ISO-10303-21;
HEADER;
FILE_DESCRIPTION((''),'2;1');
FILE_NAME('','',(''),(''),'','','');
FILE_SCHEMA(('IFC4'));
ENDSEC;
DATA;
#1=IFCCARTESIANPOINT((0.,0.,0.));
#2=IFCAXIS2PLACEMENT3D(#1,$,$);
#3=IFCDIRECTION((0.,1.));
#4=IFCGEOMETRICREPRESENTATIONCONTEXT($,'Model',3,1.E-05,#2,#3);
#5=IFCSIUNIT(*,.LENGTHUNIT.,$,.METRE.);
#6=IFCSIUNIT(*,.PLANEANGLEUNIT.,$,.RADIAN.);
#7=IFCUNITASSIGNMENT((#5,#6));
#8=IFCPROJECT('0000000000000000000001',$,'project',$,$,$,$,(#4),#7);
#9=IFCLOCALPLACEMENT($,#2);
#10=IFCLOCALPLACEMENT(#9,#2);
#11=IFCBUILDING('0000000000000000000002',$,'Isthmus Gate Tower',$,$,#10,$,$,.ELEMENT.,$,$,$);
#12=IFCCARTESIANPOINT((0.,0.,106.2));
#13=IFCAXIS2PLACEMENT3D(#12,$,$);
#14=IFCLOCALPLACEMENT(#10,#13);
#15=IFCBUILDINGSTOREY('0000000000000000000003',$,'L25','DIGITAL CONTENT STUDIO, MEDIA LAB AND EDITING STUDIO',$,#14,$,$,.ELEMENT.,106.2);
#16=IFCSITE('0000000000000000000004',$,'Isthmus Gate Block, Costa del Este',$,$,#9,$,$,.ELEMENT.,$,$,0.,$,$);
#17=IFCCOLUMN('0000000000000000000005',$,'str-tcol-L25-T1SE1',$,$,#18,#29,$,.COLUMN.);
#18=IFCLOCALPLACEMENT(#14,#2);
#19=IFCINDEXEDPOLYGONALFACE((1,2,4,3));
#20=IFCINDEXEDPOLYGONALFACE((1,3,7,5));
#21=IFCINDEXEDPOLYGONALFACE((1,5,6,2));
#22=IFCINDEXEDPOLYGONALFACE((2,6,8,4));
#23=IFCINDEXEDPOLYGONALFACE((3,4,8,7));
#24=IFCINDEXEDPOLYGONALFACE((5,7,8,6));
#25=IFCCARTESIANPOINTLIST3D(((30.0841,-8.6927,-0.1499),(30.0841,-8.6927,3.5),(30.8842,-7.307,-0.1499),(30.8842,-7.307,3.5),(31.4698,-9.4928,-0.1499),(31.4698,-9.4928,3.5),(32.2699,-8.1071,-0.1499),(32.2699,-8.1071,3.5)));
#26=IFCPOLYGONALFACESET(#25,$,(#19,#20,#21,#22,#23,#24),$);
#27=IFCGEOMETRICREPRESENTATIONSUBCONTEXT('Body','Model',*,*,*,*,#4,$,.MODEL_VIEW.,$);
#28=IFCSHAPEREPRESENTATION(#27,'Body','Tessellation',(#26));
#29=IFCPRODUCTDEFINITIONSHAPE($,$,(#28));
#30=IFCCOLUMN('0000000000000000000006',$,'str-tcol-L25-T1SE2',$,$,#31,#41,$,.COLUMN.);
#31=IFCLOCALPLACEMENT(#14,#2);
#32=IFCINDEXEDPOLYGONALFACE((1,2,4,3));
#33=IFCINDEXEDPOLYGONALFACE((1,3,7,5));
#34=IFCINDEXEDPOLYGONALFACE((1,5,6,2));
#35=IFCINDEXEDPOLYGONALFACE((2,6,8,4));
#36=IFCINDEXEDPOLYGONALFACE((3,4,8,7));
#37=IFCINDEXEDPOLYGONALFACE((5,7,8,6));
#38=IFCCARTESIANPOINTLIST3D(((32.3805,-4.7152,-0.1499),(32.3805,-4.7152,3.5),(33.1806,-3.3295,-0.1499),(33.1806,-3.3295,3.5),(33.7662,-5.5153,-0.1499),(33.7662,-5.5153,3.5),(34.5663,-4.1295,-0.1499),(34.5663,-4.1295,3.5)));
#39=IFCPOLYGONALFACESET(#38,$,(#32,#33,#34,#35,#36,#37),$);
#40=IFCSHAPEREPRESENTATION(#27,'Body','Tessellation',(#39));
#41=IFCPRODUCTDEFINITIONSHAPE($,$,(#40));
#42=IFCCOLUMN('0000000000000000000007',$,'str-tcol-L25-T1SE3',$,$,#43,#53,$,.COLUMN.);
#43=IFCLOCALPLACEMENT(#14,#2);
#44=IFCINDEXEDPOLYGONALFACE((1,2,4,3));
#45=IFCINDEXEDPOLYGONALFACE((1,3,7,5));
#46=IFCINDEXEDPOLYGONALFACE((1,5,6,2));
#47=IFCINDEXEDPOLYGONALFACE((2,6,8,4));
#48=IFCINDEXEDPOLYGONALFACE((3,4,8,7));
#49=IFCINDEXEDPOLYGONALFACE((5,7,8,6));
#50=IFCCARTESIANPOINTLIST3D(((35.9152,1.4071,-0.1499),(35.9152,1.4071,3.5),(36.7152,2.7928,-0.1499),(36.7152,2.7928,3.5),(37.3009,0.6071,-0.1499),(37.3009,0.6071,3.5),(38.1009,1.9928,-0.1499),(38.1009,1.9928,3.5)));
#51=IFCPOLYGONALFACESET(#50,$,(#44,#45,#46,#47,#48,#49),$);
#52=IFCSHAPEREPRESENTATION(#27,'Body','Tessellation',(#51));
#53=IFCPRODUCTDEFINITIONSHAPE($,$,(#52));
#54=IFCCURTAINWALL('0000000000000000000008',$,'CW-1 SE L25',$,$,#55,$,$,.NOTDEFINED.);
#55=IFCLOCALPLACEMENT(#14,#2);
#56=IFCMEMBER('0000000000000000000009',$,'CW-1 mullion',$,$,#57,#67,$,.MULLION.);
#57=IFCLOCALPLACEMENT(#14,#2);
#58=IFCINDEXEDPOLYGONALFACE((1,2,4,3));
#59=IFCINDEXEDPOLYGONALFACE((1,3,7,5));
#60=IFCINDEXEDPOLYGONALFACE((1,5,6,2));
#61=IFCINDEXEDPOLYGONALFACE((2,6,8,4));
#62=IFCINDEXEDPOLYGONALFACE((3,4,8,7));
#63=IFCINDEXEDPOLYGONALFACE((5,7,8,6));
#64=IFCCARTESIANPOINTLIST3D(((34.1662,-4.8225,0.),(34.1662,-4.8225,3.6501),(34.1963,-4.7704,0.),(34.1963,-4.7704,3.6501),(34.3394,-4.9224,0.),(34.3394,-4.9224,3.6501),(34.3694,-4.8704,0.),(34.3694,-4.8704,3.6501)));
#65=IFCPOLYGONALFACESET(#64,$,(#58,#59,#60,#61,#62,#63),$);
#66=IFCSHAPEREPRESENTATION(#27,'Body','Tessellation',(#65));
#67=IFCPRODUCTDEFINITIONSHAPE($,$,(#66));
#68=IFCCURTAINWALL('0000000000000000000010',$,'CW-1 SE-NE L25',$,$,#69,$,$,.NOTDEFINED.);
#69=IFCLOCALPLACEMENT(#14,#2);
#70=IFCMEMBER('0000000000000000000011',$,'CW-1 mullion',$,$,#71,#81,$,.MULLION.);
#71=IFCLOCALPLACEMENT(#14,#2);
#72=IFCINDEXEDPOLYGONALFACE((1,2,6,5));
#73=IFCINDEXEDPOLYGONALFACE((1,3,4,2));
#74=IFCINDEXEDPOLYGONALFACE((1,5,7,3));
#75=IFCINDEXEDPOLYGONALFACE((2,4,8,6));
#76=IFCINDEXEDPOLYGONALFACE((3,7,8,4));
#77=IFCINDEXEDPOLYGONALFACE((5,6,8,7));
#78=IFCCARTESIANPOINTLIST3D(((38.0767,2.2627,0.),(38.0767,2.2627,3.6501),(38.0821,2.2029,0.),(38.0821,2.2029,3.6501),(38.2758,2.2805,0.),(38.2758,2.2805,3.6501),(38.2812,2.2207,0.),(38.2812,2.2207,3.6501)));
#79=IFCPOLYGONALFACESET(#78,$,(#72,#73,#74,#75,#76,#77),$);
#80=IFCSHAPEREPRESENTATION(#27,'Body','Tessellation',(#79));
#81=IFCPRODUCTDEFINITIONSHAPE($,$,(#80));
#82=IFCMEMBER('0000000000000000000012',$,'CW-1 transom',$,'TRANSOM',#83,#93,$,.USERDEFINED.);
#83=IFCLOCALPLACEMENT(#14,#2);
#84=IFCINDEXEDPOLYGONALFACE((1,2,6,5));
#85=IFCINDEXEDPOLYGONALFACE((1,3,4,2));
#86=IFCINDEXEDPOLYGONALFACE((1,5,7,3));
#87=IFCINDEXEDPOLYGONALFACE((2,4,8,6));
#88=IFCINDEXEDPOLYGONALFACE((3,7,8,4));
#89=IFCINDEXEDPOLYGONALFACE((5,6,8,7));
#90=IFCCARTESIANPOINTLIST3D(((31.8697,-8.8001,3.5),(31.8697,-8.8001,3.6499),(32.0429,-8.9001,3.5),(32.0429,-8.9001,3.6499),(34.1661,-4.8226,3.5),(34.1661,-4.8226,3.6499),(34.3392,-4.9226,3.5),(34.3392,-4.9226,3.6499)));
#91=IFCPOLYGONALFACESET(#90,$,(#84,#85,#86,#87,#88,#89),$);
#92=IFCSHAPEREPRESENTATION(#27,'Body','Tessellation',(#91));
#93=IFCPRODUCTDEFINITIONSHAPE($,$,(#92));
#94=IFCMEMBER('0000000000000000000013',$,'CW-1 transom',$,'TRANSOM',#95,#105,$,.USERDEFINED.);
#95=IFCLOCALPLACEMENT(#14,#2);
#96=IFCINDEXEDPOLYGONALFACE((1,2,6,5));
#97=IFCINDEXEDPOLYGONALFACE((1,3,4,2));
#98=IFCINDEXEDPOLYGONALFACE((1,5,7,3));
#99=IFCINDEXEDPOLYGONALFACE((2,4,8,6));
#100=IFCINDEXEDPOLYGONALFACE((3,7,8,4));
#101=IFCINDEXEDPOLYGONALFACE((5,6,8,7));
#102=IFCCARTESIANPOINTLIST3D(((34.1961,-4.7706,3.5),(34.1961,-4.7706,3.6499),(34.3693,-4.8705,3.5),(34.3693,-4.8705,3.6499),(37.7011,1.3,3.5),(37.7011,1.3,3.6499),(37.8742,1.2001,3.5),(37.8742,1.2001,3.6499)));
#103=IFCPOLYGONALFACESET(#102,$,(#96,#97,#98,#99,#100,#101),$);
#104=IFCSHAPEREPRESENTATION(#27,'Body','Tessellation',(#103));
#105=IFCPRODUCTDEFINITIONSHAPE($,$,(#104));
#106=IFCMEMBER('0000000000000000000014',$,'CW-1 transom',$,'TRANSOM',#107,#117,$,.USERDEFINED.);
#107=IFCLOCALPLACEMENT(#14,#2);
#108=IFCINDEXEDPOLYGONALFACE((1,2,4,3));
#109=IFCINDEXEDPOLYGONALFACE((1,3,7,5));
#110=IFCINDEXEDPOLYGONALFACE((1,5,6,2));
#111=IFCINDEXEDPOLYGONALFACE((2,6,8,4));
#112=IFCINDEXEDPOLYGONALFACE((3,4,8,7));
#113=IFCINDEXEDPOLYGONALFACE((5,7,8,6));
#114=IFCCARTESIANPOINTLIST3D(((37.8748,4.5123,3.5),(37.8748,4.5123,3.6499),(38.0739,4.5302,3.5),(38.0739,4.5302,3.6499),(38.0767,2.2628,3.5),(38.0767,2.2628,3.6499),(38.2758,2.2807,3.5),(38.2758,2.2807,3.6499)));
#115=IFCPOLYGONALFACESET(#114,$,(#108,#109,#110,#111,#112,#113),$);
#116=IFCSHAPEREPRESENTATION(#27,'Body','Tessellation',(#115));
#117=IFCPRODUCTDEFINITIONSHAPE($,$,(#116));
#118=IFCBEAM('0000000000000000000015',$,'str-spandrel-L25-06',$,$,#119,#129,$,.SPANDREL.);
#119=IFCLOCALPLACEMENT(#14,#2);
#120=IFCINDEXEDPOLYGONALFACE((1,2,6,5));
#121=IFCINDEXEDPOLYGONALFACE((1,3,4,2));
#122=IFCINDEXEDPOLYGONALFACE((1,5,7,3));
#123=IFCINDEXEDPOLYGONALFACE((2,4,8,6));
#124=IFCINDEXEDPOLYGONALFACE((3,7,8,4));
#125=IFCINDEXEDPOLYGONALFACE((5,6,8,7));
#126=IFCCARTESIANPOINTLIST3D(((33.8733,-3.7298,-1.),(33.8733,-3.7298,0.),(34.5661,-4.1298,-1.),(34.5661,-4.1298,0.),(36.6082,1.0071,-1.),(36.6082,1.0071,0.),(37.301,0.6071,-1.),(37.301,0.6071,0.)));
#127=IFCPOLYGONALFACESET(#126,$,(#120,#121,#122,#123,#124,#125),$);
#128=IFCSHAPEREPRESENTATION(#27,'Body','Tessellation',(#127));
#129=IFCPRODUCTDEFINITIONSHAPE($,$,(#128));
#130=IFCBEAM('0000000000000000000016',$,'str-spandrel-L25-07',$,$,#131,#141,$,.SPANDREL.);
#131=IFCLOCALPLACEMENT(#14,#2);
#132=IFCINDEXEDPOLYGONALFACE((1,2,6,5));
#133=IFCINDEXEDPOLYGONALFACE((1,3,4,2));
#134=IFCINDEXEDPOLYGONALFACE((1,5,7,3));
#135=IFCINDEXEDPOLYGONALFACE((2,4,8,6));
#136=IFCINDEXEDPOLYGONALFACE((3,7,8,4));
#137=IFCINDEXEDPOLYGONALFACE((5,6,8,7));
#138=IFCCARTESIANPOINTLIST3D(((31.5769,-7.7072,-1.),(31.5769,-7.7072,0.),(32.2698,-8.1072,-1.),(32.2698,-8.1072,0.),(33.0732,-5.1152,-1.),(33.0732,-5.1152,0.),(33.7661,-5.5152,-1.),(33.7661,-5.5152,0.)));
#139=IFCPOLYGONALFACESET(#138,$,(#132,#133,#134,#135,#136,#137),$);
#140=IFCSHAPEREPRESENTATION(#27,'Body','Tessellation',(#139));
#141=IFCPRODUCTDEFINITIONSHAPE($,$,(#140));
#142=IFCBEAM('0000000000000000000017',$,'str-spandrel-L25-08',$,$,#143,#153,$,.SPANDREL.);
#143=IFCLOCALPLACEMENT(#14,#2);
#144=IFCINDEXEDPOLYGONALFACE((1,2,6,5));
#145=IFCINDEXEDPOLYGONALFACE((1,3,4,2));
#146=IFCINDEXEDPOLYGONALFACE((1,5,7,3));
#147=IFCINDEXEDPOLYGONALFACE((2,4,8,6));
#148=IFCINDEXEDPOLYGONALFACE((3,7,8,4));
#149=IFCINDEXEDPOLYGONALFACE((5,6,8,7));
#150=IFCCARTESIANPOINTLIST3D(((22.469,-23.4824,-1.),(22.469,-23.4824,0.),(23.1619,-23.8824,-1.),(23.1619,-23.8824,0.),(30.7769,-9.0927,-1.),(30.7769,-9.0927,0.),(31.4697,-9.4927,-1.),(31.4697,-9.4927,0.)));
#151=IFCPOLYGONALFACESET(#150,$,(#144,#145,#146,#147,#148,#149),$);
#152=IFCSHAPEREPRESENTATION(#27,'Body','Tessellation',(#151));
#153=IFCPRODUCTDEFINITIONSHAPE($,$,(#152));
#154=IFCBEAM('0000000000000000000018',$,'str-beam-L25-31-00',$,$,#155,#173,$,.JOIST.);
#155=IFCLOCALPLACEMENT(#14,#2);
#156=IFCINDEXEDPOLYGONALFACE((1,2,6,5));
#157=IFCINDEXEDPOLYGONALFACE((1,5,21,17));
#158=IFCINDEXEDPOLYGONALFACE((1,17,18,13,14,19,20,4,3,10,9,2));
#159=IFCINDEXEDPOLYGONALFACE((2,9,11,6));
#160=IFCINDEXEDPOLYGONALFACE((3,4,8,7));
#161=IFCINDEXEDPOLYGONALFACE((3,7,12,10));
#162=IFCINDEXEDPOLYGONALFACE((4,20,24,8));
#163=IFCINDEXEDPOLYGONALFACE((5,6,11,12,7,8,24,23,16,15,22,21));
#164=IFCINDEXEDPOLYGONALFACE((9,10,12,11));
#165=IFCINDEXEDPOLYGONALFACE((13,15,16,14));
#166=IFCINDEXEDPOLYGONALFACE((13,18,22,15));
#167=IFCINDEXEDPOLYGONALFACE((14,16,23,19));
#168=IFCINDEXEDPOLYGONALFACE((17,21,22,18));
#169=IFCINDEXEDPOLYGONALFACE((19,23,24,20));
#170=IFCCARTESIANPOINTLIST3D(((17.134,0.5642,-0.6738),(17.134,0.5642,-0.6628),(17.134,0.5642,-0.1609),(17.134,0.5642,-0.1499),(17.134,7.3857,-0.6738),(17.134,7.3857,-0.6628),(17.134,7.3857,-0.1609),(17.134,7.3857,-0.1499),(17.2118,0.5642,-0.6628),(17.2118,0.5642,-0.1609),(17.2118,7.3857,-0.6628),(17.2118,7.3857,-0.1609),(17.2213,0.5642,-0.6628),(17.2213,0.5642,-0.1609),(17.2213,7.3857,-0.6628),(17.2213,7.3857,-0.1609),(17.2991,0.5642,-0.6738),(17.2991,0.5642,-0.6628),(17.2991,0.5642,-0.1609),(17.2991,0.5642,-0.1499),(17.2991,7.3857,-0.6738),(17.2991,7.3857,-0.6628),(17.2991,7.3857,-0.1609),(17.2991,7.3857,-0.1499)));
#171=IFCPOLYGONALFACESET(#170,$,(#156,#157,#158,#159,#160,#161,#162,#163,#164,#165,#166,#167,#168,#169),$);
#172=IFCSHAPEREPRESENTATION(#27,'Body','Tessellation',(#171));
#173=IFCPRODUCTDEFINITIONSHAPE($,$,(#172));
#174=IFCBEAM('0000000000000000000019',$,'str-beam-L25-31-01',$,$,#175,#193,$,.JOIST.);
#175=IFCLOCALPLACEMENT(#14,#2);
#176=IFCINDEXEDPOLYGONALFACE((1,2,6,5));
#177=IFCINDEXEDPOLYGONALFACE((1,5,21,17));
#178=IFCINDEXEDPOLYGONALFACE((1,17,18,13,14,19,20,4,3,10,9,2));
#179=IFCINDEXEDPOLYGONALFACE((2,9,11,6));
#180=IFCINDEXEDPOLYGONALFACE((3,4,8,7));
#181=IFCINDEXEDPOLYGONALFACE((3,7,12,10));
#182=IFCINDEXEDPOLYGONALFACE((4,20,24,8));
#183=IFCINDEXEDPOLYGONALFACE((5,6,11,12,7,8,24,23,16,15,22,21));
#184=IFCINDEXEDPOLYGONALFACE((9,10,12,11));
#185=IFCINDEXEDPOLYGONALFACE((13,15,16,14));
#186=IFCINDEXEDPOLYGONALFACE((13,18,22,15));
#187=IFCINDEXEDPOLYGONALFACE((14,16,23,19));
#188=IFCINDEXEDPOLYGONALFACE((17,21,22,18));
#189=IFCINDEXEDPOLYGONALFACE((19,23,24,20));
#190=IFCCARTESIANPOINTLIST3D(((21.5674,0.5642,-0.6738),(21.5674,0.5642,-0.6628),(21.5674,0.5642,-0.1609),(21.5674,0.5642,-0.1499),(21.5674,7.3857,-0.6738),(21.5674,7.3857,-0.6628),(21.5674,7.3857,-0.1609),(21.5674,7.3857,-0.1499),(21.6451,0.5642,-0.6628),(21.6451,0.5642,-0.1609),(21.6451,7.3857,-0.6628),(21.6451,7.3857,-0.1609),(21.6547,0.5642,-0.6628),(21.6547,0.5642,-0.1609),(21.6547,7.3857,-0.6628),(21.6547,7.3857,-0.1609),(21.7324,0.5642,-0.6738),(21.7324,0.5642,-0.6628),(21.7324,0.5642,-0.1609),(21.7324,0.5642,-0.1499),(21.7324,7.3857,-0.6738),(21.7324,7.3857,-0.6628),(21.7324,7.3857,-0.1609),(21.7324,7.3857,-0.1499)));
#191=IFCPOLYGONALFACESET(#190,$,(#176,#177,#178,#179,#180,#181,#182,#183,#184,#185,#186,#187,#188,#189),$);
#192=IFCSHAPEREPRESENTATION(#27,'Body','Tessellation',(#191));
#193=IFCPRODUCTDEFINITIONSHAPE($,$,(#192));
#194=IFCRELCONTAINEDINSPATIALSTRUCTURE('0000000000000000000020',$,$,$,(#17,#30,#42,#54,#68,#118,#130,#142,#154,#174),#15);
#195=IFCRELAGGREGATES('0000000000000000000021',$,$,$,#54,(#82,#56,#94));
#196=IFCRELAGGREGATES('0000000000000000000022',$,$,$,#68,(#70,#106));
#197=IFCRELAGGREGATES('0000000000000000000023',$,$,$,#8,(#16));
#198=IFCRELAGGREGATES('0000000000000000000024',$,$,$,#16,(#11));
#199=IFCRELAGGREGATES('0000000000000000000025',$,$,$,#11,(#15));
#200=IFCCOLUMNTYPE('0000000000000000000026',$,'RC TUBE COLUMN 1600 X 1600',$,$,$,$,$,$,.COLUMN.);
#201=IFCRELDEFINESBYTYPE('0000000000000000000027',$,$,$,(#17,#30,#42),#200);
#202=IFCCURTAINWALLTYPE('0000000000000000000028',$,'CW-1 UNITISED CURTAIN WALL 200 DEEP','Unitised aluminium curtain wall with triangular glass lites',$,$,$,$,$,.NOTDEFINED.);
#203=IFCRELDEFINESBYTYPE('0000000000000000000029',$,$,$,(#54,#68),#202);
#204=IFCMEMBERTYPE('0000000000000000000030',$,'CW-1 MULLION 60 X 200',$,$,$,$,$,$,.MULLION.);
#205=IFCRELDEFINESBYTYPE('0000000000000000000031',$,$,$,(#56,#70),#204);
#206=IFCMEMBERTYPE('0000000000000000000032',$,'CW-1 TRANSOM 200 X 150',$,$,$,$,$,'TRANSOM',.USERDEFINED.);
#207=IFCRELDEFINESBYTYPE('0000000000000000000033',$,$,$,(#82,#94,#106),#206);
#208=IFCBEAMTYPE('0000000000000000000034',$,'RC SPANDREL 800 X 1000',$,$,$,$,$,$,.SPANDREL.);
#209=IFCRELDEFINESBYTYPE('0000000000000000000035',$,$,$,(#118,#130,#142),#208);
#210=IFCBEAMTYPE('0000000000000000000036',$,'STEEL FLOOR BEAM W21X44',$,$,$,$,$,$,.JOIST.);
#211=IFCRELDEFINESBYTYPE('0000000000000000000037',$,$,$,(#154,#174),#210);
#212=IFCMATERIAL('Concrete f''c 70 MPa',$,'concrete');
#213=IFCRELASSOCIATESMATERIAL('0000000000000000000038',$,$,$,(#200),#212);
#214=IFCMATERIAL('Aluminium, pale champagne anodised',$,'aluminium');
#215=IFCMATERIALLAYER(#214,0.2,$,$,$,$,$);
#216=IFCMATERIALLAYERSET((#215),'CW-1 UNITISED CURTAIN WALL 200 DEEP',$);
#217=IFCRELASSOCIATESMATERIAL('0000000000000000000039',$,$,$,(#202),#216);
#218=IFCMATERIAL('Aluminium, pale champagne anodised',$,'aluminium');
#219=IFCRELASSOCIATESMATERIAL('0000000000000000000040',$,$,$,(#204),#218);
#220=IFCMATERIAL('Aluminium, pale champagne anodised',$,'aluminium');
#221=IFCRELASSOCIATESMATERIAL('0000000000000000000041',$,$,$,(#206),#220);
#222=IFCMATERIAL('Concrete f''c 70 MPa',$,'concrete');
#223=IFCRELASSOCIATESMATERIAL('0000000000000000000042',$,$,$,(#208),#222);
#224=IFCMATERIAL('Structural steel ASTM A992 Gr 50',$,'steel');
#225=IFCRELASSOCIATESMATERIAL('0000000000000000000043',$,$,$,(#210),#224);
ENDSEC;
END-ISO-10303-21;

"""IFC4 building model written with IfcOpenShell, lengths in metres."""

from ifc_helpers import new_model, si_unit, direction, frame, origin, origin_2d, place, context, subcontext, project, spatial, rectangle, i_section, extrude, material, layer, layer_set, material_profile, profile_set, type_object, element, aggregate, save


model = new_model("IFC4")

# Units and contexts
model_context = context("Model", 3, precision=1e-05, world=origin(), true_north=direction((0.0, 1.0)))
body_context = subcontext(model_context, "Body", "Model", "MODEL_VIEW")
ifc_project = project(units=[si_unit("LENGTHUNIT", "METRE"), si_unit("PLANEANGLEUNIT", "RADIAN")], contexts=[model_context])

# Site, building, storey
site_placement = place(None, origin())
site = spatial("IfcSite", under=ifc_project, at=site_placement, Name="Isthmus Gate Block, Costa del Este", CompositionType="ELEMENT", RefElevation=0.0)
building_placement = place(site_placement, origin())
building = spatial("IfcBuilding", under=site, at=building_placement, Name="Isthmus Gate Tower", CompositionType="ELEMENT")
storey_placement = place(building_placement, frame((0.0, 0.0, 106.2)))
storey = spatial("IfcBuildingStorey", under=building, at=storey_placement, Name="L25", Description="DIGITAL CONTENT STUDIO, MEDIA LAB AND EDITING STUDIO", CompositionType="ELEMENT", Elevation=106.2)

# Columns
ifc_material_1 = material(Name="Concrete f'c 70 MPa", Category="concrete")
ifc_material_profile_1 = material_profile(ifc_material_1, rectangle(XDim=1.6001, YDim=1.6001, at=origin_2d()), Name="RC 1600X1600")
ifc_profile_set_1 = profile_set([ifc_material_profile_1], Name="Concrete f'c 70 MPa")
column_type = type_object("IfcColumnType", Name="RC TUBE COLUMN 1600 X 1600", PredefinedType="COLUMN", material=ifc_profile_set_1)
for number, where, z_axis, x_axis, name in (
    (1, (31.177, -8.3999, -0.1499), (0.0, 0.0, 1.0), (0.5, 0.866025, 0.0), "str-tcol-L25-T1SE1"),
    (2, (33.4734, -4.4224, -0.1499), (0.0, 0.0, 1.0), (0.5, 0.866025, 0.0), "str-tcol-L25-T1SE2"),
    (3, (37.0081, 1.7, -0.1499), (0.0, 0.0, 1.0), (0.5, 0.866025, 0.0), "str-tcol-L25-T1SE3"),
):
    element("IfcColumn", number, at=place(storey_placement, frame(where, z_axis=z_axis, x_axis=x_axis)), inside=storey, type_object=column_type, Name=name, PredefinedType="COLUMN", context=body_context, shape_type="SweptSolid", body=[
        extrude(rectangle(XDim=1.6001, YDim=1.6001, at=origin_2d()), origin(), (0.0, 0.0, 1.0), 3.6499),
    ])

# Curtain walls, members
ifc_material_2 = material(Name="Aluminium, pale champagne anodised", Category="aluminium")
ifc_layer_1 = layer(ifc_material_2, 0.2)
ifc_layer_set_1 = layer_set([ifc_layer_1], Name="CW-1 UNITISED CURTAIN WALL 200 DEEP")
curtain_wall_type = type_object("IfcCurtainWallType", Name="CW-1 UNITISED CURTAIN WALL 200 DEEP", Description="Unitised aluminium curtain wall with triangular glass lites", PredefinedType="NOTDEFINED", material=ifc_layer_set_1)
curtain_wall_1_placement = place(storey_placement, origin())
curtain_wall_1 = element("IfcCurtainWall", 4, at=curtain_wall_1_placement, inside=storey, type_object=curtain_wall_type, Name="CW-1 SE L25", PredefinedType="NOTDEFINED")
ifc_material_3 = material(Name="Aluminium, pale champagne anodised", Category="aluminium")
ifc_material_profile_2 = material_profile(ifc_material_3, rectangle(XDim=0.0601, YDim=0.2, at=origin_2d()), Name="60x200")
ifc_profile_set_2 = profile_set([ifc_material_profile_2], Name="Aluminium, pale champagne anodised")
member_type_1 = type_object("IfcMemberType", Name="CW-1 MULLION 60 X 200", PredefinedType="MULLION", material=ifc_profile_set_2)
member_1_placement = place(storey_placement, frame((34.2678, -4.8464, 0.0), z_axis=(0.0, 0.0, 1.0), x_axis=(0.5, 0.866025, 0.0)))
member_1 = element("IfcMember", 5, at=member_1_placement, type_object=member_type_1, Name="CW-1 mullion", PredefinedType="MULLION", context=body_context, shape_type="SweptSolid", body=[
    extrude(rectangle(XDim=0.0601, YDim=0.2, at=origin_2d()), origin(), (0.0, 0.0, 1.0), 3.6501),
])
curtain_wall_2_placement = place(storey_placement, origin())
curtain_wall_2 = element("IfcCurtainWall", 6, at=curtain_wall_2_placement, inside=storey, type_object=curtain_wall_type, Name="CW-1 SE-NE L25", PredefinedType="NOTDEFINED")
member_2_placement = place(storey_placement, frame((38.179, 2.2417, 0.0), z_axis=(0.0, 0.0, 1.0), x_axis=(-0.089397, 0.995996, 0.0)))
member_2 = element("IfcMember", 7, at=member_2_placement, type_object=member_type_1, Name="CW-1 mullion", PredefinedType="MULLION", context=body_context, shape_type="SweptSolid", body=[
    extrude(rectangle(XDim=0.0601, YDim=0.2, at=origin_2d()), origin(), (0.0, 0.0, 1.0), 3.6501),
])

# Members
ifc_material_4 = material(Name="Aluminium, pale champagne anodised", Category="aluminium")
ifc_material_profile_3 = material_profile(ifc_material_4, rectangle(XDim=0.2, YDim=0.1499, at=origin_2d()), Name="200x150")
ifc_profile_set_3 = profile_set([ifc_material_profile_3], Name="Aluminium, pale champagne anodised")
member_type_2 = type_object("IfcMemberType", Name="CW-1 TRANSOM 200 X 150", ElementType="TRANSOM", PredefinedType="USERDEFINED", material=ifc_profile_set_3)
member_3_placement = place(storey_placement, frame((31.9563, -8.8501, 3.575), z_axis=(0.499992, 0.86603, 0.0), x_axis=(-0.86603, 0.499992, 0.0)))
member_3 = element("IfcMember", 8, at=member_3_placement, type_object=member_type_2, Name="CW-1 transom", ObjectType="TRANSOM", PredefinedType="USERDEFINED", context=body_context, shape_type="SweptSolid", body=[
    extrude(rectangle(XDim=0.2, YDim=0.1499, at=origin_2d()), origin(), (0.0, 0.0, 1.0), 4.5928),
])
member_4_placement = place(storey_placement, frame((34.2827, -4.8206, 3.575), z_axis=(0.500005, 0.866023, 0.0), x_axis=(-0.866023, 0.500005, 0.0)))
member_4 = element("IfcMember", 9, at=member_4_placement, type_object=member_type_2, Name="CW-1 transom", ObjectType="TRANSOM", PredefinedType="USERDEFINED", context=body_context, shape_type="SweptSolid", body=[
    extrude(rectangle(XDim=0.2, YDim=0.1499, at=origin_2d()), origin(), (0.0, 0.0, 1.0), 7.0098),
])
member_5_placement = place(storey_placement, frame((38.1763, 2.2717, 3.575), z_axis=(-0.089395, 0.995996, 0.0), x_axis=(-0.995996, -0.089395, 0.0)))
member_5 = element("IfcMember", 10, at=member_5_placement, type_object=member_type_2, Name="CW-1 transom", ObjectType="TRANSOM", PredefinedType="USERDEFINED", context=body_context, shape_type="SweptSolid", body=[
    extrude(rectangle(XDim=0.2, YDim=0.1499, at=origin_2d()), origin(), (0.0, 0.0, 1.0), 2.2585),
])

# Beams
ifc_material_5 = material(Name="Concrete f'c 70 MPa", Category="concrete")
ifc_material_profile_4 = material_profile(ifc_material_5, rectangle(XDim=0.8, YDim=1.0, at=origin_2d()), Name="RC 800X1000")
ifc_profile_set_4 = profile_set([ifc_material_profile_4], Name="Concrete f'c 70 MPa")
beam_type_1 = type_object("IfcBeamType", Name="RC SPANDREL 800 X 1000", PredefinedType="SPANDREL", material=ifc_profile_set_4)
beam_1_placement = place(storey_placement, frame((36.9546, 0.8071, -0.5), z_axis=(-0.500008, -0.866021, 0.0), x_axis=(0.866021, -0.500008, 0.0)))
element("IfcBeam", 11, at=beam_1_placement, inside=storey, type_object=beam_type_1, Name="str-spandrel-L25-06", PredefinedType="SPANDREL", context=body_context, shape_type="SweptSolid", body=[
    extrude(rectangle(XDim=0.8, YDim=1.0, at=origin_2d()), origin(), (0.0, 0.0, 1.0), 5.4697),
])
beam_2_placement = place(storey_placement, frame((33.4197, -5.3152, -0.5), z_axis=(-0.499955, -0.866051, 0.0), x_axis=(0.866051, -0.499955, 0.0)))
element("IfcBeam", 12, at=beam_2_placement, inside=storey, type_object=beam_type_1, Name="str-spandrel-L25-07", PredefinedType="SPANDREL", context=body_context, shape_type="SweptSolid", body=[
    extrude(rectangle(XDim=0.8, YDim=1.0, at=origin_2d()), origin(), (0.0, 0.0, 1.0), 2.9929),
])
beam_3_placement = place(storey_placement, frame((31.1233, -9.2927, -0.5), z_axis=(-0.5, -0.866026, 0.0), x_axis=(0.866026, -0.5, 0.0)))
element("IfcBeam", 13, at=beam_3_placement, inside=storey, type_object=beam_type_1, Name="str-spandrel-L25-08", PredefinedType="SPANDREL", context=body_context, shape_type="SweptSolid", body=[
    extrude(rectangle(XDim=0.8, YDim=1.0, at=origin_2d()), origin(), (0.0, 0.0, 1.0), 16.6157),
])
ifc_material_6 = material(Name="Structural steel ASTM A992 Gr 50", Category="steel")
ifc_material_profile_5 = material_profile(ifc_material_6, i_section(OverallWidth=0.165, OverallDepth=0.5239, WebThickness=0.0095, FlangeThickness=0.011, at=origin_2d()), Name="W21X44")
ifc_profile_set_5 = profile_set([ifc_material_profile_5], Name="Structural steel ASTM A992 Gr 50")
beam_type_2 = type_object("IfcBeamType", Name="STEEL FLOOR BEAM W21X44", PredefinedType="JOIST", material=ifc_profile_set_5)
for number, where, z_axis, x_axis, name in (
    (14, (17.2166, 0.5642, -0.4119), (0.0, 1.0, 0.0), (-1.0, 0.0, 0.0), "str-beam-L25-31-00"),
    (15, (21.6499, 0.5642, -0.4119), (0.0, 1.0, 0.0), (-1.0, 0.0, 0.0), "str-beam-L25-31-01"),
):
    element("IfcBeam", number, at=place(storey_placement, frame(where, z_axis=z_axis, x_axis=x_axis)), inside=storey, type_object=beam_type_2, Name=name, PredefinedType="JOIST", context=body_context, shape_type="SweptSolid", body=[
        extrude(i_section(OverallWidth=0.165, OverallDepth=0.5239, WebThickness=0.0095, FlangeThickness=0.011, at=origin_2d()), origin(), (0.0, 0.0, 1.0), 6.8215),
    ])

aggregate(curtain_wall_1, [member_3, member_1, member_4])
aggregate(curtain_wall_2, [member_2, member_5])

save(model, "model.ifc")
